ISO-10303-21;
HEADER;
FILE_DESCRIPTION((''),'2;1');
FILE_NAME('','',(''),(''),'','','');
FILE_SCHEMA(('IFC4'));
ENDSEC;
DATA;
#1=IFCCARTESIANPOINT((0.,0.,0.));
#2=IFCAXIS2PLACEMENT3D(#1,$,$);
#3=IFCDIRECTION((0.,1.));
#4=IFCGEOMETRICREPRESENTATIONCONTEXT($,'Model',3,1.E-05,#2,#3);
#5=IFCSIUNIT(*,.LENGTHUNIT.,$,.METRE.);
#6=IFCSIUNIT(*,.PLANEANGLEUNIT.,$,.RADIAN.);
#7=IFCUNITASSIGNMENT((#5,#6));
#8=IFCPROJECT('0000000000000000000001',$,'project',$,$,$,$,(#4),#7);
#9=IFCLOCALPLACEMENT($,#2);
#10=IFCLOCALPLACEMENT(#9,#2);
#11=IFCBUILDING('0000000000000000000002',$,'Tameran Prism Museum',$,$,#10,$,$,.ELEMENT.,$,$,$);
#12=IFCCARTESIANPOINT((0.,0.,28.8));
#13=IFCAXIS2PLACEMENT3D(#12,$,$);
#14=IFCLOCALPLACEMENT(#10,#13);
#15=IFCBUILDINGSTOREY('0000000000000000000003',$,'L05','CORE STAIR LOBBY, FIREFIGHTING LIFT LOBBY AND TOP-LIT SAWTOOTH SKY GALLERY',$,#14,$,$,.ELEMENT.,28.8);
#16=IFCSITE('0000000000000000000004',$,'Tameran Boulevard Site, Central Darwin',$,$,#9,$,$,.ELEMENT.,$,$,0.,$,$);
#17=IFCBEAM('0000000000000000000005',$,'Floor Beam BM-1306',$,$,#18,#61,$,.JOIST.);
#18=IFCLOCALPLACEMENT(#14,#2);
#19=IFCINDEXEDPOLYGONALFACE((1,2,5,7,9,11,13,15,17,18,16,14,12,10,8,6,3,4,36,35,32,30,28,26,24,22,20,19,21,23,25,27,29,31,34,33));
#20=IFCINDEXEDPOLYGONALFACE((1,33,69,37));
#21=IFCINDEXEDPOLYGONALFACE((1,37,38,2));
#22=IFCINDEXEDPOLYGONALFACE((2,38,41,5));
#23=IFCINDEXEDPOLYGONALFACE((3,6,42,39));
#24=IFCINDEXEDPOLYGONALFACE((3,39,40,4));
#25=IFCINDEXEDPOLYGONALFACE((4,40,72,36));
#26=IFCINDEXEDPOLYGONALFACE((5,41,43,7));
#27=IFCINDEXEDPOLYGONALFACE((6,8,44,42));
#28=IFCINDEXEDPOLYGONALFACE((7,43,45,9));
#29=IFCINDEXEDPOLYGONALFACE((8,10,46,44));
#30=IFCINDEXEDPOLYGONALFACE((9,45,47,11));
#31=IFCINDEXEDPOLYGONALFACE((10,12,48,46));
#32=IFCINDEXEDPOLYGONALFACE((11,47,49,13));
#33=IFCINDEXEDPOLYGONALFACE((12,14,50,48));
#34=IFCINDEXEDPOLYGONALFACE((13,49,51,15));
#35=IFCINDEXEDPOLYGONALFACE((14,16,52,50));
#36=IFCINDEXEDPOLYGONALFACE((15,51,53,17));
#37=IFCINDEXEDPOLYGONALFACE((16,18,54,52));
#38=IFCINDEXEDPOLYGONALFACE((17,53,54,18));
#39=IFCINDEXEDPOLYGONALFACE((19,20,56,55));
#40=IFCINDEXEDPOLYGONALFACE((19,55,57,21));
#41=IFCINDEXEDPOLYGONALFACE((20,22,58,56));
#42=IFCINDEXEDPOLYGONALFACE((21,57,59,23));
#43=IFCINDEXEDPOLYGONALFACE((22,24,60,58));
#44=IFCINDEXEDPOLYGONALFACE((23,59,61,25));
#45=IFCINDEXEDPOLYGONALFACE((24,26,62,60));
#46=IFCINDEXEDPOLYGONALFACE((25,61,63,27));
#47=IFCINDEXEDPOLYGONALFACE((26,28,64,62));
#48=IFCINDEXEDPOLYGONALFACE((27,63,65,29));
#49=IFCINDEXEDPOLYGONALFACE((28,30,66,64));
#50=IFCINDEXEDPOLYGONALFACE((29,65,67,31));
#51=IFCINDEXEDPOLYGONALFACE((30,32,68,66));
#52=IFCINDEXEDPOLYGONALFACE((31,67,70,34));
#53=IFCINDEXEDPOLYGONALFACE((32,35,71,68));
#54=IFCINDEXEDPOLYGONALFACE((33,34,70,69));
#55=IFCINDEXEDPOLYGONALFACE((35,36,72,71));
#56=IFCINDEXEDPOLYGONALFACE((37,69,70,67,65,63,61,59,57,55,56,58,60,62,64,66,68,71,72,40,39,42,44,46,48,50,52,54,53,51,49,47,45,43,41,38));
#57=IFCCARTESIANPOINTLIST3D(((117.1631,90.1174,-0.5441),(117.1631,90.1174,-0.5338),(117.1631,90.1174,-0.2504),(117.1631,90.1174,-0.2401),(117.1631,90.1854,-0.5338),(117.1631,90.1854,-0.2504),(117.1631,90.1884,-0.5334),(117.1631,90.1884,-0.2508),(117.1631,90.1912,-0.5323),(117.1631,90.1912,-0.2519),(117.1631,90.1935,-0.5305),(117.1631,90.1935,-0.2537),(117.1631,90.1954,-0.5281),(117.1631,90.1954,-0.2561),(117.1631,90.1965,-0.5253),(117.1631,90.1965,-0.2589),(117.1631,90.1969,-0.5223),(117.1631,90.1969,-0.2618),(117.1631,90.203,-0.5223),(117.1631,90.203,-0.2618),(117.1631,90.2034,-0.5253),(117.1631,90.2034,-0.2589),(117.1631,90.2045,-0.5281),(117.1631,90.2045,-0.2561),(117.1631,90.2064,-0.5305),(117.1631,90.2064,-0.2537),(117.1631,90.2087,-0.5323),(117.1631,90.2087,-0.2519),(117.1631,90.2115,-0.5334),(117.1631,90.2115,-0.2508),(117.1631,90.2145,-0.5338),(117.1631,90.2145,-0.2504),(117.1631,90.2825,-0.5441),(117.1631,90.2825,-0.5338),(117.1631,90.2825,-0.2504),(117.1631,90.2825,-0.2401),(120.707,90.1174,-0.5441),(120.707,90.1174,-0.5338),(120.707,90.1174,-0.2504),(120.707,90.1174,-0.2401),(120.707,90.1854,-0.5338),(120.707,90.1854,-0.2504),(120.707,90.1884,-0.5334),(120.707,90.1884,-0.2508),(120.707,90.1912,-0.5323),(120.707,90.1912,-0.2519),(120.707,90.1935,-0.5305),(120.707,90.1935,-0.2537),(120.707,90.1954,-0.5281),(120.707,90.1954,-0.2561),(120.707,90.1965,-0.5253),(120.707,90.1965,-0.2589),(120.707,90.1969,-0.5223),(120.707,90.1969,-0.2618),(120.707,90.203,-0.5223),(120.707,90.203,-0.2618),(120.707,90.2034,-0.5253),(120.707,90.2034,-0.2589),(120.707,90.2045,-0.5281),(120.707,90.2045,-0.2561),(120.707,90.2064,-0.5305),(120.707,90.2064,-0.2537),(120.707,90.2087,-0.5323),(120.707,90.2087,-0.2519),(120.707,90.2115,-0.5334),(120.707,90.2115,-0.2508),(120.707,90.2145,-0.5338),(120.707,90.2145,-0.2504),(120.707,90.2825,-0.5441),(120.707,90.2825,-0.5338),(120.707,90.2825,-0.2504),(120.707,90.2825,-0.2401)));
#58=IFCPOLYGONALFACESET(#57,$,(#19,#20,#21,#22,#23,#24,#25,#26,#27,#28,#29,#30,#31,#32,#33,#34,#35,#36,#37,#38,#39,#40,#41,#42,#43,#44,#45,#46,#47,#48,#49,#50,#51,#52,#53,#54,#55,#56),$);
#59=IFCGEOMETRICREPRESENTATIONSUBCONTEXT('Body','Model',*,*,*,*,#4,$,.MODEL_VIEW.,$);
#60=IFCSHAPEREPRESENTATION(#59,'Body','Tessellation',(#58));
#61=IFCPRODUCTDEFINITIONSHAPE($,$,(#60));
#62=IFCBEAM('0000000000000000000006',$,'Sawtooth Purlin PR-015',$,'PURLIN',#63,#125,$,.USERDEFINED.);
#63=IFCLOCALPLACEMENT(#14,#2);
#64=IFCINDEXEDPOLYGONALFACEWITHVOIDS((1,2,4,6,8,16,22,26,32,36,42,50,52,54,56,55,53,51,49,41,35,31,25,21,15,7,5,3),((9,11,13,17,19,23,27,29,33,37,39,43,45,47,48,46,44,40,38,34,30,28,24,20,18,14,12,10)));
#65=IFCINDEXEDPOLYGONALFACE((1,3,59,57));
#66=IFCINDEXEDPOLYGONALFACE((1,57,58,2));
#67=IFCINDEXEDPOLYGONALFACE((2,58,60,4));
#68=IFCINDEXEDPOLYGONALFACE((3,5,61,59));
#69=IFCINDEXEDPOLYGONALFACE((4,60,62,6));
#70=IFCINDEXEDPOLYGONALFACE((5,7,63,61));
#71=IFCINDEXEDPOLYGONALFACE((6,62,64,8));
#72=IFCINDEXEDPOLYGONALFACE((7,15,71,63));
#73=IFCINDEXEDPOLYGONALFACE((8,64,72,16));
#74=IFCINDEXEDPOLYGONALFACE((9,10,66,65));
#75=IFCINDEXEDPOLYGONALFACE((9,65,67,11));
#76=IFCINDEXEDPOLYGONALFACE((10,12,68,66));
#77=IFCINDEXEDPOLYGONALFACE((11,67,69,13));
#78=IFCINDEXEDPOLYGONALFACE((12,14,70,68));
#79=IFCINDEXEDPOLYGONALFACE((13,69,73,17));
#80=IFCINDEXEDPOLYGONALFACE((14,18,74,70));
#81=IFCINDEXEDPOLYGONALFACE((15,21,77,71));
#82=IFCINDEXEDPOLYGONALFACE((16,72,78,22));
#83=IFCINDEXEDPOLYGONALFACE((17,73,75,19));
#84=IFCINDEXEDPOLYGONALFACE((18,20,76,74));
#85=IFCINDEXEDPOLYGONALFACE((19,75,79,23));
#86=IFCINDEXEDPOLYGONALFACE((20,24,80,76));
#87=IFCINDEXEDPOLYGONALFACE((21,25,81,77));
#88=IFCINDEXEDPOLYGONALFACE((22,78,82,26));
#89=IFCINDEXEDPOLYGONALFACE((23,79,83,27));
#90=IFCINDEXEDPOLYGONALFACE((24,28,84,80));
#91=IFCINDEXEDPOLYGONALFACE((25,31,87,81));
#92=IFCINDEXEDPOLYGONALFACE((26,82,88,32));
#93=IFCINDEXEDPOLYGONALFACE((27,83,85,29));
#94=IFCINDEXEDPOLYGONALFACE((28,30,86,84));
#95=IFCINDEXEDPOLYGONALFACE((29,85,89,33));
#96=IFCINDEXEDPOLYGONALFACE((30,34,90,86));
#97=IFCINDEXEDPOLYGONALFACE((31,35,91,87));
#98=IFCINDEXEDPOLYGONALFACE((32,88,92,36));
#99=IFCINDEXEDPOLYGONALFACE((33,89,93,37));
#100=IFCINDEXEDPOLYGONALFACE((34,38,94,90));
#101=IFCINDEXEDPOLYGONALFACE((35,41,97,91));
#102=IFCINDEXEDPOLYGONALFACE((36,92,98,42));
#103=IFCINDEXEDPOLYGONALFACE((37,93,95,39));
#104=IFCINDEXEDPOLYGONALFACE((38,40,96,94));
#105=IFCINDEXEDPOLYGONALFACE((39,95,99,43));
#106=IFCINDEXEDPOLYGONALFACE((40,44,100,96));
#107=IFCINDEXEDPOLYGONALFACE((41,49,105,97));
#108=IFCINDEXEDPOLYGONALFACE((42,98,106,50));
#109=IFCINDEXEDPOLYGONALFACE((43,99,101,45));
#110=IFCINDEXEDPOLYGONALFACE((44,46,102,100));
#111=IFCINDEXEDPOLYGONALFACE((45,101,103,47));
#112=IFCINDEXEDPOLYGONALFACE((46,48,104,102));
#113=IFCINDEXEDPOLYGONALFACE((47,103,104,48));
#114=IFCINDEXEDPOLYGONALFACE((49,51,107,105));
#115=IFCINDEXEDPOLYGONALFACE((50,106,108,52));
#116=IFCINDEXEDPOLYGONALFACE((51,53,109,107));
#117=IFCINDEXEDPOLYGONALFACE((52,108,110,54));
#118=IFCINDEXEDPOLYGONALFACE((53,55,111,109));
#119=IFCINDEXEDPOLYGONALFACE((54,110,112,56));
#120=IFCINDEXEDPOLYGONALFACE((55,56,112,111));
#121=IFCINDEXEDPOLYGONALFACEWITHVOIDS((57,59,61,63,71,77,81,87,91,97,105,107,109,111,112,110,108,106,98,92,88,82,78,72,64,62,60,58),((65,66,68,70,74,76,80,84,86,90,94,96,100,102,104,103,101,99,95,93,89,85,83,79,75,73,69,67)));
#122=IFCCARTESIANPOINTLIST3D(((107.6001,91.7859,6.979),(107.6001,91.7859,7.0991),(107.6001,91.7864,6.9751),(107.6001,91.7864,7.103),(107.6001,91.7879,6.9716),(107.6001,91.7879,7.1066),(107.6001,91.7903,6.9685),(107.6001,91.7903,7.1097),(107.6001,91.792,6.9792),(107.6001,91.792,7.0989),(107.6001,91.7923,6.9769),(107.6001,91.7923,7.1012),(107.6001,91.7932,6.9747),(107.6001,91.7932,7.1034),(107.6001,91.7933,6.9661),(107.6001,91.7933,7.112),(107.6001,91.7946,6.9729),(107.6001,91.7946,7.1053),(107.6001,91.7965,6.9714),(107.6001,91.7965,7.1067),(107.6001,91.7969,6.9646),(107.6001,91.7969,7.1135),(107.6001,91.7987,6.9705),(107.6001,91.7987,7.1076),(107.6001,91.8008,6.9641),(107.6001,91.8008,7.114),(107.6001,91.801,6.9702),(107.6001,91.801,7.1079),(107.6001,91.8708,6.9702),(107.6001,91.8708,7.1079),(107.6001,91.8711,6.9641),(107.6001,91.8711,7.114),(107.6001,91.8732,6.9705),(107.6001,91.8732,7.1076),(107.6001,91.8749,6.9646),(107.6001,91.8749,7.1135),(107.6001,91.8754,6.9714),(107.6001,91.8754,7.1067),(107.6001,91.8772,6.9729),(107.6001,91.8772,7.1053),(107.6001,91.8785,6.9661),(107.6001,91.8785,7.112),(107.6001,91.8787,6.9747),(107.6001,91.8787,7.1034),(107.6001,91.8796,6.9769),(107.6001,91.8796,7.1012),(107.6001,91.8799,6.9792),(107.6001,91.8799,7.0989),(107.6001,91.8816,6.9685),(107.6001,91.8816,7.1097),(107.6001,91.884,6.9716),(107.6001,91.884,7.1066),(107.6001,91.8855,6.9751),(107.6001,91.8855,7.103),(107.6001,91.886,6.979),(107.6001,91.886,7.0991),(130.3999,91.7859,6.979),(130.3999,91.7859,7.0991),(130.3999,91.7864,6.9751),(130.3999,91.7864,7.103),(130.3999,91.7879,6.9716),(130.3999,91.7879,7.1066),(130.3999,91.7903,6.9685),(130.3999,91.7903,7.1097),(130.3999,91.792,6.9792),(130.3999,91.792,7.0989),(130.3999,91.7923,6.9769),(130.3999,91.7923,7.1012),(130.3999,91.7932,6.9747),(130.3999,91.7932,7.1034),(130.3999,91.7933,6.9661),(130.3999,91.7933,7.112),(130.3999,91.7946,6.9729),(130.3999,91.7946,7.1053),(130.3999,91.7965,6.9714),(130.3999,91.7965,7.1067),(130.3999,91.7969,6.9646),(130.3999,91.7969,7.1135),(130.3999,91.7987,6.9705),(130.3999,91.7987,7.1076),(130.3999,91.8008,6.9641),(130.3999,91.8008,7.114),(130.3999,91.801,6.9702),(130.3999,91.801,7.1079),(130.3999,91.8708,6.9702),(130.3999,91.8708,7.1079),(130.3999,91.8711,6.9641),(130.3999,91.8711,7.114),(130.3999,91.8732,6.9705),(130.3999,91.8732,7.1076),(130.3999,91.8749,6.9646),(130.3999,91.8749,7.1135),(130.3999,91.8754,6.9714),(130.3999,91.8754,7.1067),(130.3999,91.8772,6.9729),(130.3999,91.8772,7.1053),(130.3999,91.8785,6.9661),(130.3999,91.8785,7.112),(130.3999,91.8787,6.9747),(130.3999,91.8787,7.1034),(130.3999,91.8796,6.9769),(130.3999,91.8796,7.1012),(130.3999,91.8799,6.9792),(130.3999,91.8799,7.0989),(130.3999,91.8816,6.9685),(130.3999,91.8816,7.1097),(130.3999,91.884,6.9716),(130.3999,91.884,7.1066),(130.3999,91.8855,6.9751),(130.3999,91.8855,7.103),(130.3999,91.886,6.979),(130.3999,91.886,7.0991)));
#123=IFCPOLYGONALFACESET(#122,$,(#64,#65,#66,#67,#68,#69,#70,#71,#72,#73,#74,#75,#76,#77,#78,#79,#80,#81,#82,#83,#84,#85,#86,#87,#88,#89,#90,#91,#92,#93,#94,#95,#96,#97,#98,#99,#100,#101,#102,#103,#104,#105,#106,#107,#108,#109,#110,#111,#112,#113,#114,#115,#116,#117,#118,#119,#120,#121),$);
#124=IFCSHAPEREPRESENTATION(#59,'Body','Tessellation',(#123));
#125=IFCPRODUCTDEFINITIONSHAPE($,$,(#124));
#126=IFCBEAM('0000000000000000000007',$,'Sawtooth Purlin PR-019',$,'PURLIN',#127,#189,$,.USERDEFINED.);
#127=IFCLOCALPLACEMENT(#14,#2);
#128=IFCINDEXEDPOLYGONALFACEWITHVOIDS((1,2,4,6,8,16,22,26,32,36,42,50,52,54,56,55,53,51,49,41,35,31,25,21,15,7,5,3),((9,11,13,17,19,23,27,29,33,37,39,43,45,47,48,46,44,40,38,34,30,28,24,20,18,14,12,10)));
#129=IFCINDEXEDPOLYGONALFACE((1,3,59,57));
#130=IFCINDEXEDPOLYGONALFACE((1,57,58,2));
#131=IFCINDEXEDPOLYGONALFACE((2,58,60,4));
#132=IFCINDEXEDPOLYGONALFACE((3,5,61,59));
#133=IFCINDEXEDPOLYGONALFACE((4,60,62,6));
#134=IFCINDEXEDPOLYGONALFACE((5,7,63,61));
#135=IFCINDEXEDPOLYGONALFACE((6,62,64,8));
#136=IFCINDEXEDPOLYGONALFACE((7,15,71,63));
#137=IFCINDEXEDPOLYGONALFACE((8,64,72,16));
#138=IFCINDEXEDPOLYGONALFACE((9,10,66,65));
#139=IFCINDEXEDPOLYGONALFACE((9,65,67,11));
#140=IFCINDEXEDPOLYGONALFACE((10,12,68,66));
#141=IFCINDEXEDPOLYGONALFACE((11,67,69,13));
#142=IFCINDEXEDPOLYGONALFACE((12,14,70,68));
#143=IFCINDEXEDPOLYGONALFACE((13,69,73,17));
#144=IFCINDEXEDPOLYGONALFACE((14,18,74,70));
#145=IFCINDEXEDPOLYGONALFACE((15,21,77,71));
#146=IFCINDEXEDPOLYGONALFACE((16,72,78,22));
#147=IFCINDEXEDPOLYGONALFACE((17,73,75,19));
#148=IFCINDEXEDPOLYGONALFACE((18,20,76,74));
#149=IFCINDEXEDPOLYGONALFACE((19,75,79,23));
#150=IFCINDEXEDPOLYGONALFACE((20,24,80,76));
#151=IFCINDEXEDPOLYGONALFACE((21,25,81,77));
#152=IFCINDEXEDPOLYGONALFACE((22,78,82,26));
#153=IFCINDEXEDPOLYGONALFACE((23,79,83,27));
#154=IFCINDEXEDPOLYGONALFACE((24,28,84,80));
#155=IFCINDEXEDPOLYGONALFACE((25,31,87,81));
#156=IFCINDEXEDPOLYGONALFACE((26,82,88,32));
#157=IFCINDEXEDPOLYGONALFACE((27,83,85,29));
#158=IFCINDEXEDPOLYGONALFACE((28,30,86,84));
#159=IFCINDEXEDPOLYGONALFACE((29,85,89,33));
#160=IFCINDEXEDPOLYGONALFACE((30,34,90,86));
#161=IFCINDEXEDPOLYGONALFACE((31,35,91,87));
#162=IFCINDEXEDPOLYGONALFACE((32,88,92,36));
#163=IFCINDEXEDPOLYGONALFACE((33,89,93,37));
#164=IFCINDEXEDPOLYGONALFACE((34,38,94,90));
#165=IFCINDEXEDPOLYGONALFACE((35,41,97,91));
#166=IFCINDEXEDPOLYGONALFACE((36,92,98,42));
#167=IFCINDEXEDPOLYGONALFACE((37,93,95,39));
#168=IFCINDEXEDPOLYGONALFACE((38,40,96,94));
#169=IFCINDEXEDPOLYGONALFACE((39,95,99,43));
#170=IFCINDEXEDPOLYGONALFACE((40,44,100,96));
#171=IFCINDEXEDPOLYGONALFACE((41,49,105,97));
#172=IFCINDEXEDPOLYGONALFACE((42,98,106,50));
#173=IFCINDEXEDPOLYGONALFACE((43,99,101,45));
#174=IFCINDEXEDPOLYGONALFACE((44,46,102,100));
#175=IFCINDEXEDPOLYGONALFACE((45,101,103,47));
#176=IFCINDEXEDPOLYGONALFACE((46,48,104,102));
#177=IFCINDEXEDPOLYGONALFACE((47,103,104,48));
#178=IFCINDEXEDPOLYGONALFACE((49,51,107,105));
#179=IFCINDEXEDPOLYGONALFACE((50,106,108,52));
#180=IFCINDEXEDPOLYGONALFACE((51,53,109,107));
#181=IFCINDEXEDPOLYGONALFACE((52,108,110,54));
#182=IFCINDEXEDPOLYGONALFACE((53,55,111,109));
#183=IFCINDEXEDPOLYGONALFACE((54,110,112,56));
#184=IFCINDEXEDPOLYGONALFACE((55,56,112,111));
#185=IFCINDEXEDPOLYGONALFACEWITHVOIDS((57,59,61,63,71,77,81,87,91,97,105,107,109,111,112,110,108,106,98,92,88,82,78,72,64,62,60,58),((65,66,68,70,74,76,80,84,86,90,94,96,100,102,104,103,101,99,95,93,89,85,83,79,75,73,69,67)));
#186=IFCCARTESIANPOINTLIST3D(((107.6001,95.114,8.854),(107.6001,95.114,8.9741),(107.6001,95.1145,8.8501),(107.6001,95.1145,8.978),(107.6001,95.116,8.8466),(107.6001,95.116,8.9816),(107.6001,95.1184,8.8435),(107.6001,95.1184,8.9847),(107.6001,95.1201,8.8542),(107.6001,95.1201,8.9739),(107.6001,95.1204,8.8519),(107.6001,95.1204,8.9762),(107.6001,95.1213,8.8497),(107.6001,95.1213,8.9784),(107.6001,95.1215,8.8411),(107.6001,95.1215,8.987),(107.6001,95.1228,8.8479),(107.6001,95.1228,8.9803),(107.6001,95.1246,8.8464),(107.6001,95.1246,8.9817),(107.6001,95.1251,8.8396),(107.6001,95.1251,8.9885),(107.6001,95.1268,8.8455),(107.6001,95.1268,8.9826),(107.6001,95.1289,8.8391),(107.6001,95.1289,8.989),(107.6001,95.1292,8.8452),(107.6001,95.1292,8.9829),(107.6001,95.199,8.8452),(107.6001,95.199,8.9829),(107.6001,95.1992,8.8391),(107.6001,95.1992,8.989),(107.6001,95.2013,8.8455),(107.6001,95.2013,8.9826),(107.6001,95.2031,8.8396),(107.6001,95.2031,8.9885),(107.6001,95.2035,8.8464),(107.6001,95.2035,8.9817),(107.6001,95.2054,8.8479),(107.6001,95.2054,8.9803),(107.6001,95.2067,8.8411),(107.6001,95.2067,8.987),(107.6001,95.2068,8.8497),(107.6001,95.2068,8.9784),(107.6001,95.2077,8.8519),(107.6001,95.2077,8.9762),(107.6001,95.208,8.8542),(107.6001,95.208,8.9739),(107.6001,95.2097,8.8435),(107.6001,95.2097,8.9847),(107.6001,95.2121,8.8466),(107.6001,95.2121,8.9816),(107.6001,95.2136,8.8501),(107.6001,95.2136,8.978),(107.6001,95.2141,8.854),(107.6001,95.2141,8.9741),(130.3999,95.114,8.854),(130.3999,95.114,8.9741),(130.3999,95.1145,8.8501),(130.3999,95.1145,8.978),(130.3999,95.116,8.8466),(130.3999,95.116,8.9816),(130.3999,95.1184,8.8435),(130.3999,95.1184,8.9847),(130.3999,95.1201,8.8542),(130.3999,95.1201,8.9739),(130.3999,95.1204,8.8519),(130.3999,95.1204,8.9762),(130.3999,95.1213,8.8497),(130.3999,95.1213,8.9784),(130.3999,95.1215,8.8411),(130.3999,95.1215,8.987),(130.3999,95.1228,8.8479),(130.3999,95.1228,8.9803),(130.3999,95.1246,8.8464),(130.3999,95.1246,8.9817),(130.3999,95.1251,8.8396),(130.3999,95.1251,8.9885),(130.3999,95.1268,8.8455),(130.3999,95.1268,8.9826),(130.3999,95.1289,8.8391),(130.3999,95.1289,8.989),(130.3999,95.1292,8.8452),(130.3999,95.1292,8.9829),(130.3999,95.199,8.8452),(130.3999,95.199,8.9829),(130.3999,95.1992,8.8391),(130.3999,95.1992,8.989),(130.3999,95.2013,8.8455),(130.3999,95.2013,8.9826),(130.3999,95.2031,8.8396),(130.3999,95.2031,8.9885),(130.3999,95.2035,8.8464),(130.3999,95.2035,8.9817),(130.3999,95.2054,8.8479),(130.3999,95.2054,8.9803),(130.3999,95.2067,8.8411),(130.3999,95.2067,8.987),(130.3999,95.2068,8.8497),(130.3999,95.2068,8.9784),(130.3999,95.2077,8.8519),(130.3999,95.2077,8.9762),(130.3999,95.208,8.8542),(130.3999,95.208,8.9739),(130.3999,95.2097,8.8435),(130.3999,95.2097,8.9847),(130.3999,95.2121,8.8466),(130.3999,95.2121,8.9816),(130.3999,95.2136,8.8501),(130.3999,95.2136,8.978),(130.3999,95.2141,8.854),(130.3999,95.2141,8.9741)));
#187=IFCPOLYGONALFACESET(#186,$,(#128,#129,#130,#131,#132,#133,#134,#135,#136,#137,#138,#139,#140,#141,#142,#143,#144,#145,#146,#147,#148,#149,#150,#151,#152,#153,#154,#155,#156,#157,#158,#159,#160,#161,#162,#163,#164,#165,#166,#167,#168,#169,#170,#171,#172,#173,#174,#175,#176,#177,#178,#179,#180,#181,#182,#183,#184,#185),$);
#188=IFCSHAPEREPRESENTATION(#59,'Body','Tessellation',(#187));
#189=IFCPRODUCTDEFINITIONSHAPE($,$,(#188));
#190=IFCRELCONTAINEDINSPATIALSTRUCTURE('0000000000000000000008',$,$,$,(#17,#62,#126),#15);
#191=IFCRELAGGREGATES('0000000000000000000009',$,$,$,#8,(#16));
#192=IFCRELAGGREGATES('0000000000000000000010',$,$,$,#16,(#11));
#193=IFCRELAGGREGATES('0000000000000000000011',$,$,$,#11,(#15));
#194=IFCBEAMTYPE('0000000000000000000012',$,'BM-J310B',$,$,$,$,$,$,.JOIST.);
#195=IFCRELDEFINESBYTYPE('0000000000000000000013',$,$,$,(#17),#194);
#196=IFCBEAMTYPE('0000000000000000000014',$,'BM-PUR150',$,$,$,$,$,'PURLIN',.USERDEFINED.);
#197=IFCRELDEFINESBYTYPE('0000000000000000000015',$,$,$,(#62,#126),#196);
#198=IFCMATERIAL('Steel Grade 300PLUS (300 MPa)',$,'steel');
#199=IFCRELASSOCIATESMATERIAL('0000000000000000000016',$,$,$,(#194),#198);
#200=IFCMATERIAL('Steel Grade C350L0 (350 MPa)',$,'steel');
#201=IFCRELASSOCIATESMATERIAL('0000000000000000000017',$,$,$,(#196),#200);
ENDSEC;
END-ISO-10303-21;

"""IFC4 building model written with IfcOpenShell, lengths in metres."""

from ifc_helpers import new_model, si_unit, direction, frame, origin, origin_2d, place, context, subcontext, project, spatial, hollow_rectangle, i_section, extrude, material, material_profile, profile_set, type_object, element, save


model = new_model("IFC4")

# Units and contexts
model_context = context("Model", 3, precision=1e-05, world=origin(), true_north=direction((0.0, 1.0)))
body_context = subcontext(model_context, "Body", "Model", "MODEL_VIEW")
ifc_project = project(units=[si_unit("LENGTHUNIT", "METRE"), si_unit("PLANEANGLEUNIT", "RADIAN")], contexts=[model_context])

# Site, building, storey
site_placement = place(None, origin())
site = spatial("IfcSite", under=ifc_project, at=site_placement, Name="Tameran Boulevard Site, Central Darwin", CompositionType="ELEMENT", RefElevation=0.0)
building_placement = place(site_placement, origin())
building = spatial("IfcBuilding", under=site, at=building_placement, Name="Tameran Prism Museum", CompositionType="ELEMENT")
storey_placement = place(building_placement, frame((0.0, 0.0, 28.8)))
storey = spatial("IfcBuildingStorey", under=building, at=storey_placement, Name="L05", Description="CORE STAIR LOBBY, FIREFIGHTING LIFT LOBBY AND TOP-LIT SAWTOOTH SKY GALLERY", CompositionType="ELEMENT", Elevation=28.8)

# Beams
ifc_material_1 = material(Name="Steel Grade 300PLUS (300 MPa)", Category="steel")
ifc_material_profile_1 = material_profile(ifc_material_1, i_section(OverallWidth=0.165, OverallDepth=0.304, WebThickness=0.0061, FlangeThickness=0.0103, FilletRadius=0.0115, at=origin_2d()))
ifc_profile_set_1 = profile_set([ifc_material_profile_1])
beam_type_1 = type_object("IfcBeamType", Name="BM-J310B", PredefinedType="JOIST", material=ifc_profile_set_1)
beam_1_placement = place(storey_placement, frame((117.1631, 90.2, -0.3921), z_axis=(1.0, 0.0, 0.0), x_axis=(0.0, 1.0, 0.0)))
element("IfcBeam", 1, at=beam_1_placement, inside=storey, type_object=beam_type_1, Name="Floor Beam BM-1306", PredefinedType="JOIST", context=body_context, shape_type="SweptSolid", body=[
    extrude(i_section(OverallWidth=0.165, OverallDepth=0.304, WebThickness=0.0061, FlangeThickness=0.0103, FilletRadius=0.0115, at=origin_2d()), origin(), (0.0, 0.0, 1.0), 3.5439),
])
ifc_material_2 = material(Name="Steel Grade C350L0 (350 MPa)", Category="steel")
ifc_material_profile_2 = material_profile(ifc_material_2, hollow_rectangle(XDim=0.1001, YDim=0.1499, WallThickness=0.0061, InnerFilletRadius=0.009, OuterFilletRadius=0.0149, at=origin_2d()))
ifc_profile_set_2 = profile_set([ifc_material_profile_2])
beam_type_2 = type_object("IfcBeamType", Name="BM-PUR150", ElementType="PURLIN", PredefinedType="USERDEFINED", material=ifc_profile_set_2)
for number, where, z_axis, x_axis, name in (
    (2, (107.6001, 91.8359, 7.0391), (1.0, 0.0, 0.0), (0.0, 1.0, 0.0), "Sawtooth Purlin PR-015"),
    (3, (107.6001, 95.1641, 8.9141), (1.0, 0.0, 0.0), (0.0, 1.0, 0.0), "Sawtooth Purlin PR-019"),
):
    element("IfcBeam", number, at=place(storey_placement, frame(where, z_axis=z_axis, x_axis=x_axis)), inside=storey, type_object=beam_type_2, Name=name, ObjectType="PURLIN", PredefinedType="USERDEFINED", context=body_context, shape_type="SweptSolid", body=[
        extrude(hollow_rectangle(XDim=0.1001, YDim=0.1499, WallThickness=0.0061, InnerFilletRadius=0.009, OuterFilletRadius=0.0149, at=origin_2d()), origin(), (0.0, 0.0, 1.0), 22.7998),
    ])

save(model, "model.ifc")
